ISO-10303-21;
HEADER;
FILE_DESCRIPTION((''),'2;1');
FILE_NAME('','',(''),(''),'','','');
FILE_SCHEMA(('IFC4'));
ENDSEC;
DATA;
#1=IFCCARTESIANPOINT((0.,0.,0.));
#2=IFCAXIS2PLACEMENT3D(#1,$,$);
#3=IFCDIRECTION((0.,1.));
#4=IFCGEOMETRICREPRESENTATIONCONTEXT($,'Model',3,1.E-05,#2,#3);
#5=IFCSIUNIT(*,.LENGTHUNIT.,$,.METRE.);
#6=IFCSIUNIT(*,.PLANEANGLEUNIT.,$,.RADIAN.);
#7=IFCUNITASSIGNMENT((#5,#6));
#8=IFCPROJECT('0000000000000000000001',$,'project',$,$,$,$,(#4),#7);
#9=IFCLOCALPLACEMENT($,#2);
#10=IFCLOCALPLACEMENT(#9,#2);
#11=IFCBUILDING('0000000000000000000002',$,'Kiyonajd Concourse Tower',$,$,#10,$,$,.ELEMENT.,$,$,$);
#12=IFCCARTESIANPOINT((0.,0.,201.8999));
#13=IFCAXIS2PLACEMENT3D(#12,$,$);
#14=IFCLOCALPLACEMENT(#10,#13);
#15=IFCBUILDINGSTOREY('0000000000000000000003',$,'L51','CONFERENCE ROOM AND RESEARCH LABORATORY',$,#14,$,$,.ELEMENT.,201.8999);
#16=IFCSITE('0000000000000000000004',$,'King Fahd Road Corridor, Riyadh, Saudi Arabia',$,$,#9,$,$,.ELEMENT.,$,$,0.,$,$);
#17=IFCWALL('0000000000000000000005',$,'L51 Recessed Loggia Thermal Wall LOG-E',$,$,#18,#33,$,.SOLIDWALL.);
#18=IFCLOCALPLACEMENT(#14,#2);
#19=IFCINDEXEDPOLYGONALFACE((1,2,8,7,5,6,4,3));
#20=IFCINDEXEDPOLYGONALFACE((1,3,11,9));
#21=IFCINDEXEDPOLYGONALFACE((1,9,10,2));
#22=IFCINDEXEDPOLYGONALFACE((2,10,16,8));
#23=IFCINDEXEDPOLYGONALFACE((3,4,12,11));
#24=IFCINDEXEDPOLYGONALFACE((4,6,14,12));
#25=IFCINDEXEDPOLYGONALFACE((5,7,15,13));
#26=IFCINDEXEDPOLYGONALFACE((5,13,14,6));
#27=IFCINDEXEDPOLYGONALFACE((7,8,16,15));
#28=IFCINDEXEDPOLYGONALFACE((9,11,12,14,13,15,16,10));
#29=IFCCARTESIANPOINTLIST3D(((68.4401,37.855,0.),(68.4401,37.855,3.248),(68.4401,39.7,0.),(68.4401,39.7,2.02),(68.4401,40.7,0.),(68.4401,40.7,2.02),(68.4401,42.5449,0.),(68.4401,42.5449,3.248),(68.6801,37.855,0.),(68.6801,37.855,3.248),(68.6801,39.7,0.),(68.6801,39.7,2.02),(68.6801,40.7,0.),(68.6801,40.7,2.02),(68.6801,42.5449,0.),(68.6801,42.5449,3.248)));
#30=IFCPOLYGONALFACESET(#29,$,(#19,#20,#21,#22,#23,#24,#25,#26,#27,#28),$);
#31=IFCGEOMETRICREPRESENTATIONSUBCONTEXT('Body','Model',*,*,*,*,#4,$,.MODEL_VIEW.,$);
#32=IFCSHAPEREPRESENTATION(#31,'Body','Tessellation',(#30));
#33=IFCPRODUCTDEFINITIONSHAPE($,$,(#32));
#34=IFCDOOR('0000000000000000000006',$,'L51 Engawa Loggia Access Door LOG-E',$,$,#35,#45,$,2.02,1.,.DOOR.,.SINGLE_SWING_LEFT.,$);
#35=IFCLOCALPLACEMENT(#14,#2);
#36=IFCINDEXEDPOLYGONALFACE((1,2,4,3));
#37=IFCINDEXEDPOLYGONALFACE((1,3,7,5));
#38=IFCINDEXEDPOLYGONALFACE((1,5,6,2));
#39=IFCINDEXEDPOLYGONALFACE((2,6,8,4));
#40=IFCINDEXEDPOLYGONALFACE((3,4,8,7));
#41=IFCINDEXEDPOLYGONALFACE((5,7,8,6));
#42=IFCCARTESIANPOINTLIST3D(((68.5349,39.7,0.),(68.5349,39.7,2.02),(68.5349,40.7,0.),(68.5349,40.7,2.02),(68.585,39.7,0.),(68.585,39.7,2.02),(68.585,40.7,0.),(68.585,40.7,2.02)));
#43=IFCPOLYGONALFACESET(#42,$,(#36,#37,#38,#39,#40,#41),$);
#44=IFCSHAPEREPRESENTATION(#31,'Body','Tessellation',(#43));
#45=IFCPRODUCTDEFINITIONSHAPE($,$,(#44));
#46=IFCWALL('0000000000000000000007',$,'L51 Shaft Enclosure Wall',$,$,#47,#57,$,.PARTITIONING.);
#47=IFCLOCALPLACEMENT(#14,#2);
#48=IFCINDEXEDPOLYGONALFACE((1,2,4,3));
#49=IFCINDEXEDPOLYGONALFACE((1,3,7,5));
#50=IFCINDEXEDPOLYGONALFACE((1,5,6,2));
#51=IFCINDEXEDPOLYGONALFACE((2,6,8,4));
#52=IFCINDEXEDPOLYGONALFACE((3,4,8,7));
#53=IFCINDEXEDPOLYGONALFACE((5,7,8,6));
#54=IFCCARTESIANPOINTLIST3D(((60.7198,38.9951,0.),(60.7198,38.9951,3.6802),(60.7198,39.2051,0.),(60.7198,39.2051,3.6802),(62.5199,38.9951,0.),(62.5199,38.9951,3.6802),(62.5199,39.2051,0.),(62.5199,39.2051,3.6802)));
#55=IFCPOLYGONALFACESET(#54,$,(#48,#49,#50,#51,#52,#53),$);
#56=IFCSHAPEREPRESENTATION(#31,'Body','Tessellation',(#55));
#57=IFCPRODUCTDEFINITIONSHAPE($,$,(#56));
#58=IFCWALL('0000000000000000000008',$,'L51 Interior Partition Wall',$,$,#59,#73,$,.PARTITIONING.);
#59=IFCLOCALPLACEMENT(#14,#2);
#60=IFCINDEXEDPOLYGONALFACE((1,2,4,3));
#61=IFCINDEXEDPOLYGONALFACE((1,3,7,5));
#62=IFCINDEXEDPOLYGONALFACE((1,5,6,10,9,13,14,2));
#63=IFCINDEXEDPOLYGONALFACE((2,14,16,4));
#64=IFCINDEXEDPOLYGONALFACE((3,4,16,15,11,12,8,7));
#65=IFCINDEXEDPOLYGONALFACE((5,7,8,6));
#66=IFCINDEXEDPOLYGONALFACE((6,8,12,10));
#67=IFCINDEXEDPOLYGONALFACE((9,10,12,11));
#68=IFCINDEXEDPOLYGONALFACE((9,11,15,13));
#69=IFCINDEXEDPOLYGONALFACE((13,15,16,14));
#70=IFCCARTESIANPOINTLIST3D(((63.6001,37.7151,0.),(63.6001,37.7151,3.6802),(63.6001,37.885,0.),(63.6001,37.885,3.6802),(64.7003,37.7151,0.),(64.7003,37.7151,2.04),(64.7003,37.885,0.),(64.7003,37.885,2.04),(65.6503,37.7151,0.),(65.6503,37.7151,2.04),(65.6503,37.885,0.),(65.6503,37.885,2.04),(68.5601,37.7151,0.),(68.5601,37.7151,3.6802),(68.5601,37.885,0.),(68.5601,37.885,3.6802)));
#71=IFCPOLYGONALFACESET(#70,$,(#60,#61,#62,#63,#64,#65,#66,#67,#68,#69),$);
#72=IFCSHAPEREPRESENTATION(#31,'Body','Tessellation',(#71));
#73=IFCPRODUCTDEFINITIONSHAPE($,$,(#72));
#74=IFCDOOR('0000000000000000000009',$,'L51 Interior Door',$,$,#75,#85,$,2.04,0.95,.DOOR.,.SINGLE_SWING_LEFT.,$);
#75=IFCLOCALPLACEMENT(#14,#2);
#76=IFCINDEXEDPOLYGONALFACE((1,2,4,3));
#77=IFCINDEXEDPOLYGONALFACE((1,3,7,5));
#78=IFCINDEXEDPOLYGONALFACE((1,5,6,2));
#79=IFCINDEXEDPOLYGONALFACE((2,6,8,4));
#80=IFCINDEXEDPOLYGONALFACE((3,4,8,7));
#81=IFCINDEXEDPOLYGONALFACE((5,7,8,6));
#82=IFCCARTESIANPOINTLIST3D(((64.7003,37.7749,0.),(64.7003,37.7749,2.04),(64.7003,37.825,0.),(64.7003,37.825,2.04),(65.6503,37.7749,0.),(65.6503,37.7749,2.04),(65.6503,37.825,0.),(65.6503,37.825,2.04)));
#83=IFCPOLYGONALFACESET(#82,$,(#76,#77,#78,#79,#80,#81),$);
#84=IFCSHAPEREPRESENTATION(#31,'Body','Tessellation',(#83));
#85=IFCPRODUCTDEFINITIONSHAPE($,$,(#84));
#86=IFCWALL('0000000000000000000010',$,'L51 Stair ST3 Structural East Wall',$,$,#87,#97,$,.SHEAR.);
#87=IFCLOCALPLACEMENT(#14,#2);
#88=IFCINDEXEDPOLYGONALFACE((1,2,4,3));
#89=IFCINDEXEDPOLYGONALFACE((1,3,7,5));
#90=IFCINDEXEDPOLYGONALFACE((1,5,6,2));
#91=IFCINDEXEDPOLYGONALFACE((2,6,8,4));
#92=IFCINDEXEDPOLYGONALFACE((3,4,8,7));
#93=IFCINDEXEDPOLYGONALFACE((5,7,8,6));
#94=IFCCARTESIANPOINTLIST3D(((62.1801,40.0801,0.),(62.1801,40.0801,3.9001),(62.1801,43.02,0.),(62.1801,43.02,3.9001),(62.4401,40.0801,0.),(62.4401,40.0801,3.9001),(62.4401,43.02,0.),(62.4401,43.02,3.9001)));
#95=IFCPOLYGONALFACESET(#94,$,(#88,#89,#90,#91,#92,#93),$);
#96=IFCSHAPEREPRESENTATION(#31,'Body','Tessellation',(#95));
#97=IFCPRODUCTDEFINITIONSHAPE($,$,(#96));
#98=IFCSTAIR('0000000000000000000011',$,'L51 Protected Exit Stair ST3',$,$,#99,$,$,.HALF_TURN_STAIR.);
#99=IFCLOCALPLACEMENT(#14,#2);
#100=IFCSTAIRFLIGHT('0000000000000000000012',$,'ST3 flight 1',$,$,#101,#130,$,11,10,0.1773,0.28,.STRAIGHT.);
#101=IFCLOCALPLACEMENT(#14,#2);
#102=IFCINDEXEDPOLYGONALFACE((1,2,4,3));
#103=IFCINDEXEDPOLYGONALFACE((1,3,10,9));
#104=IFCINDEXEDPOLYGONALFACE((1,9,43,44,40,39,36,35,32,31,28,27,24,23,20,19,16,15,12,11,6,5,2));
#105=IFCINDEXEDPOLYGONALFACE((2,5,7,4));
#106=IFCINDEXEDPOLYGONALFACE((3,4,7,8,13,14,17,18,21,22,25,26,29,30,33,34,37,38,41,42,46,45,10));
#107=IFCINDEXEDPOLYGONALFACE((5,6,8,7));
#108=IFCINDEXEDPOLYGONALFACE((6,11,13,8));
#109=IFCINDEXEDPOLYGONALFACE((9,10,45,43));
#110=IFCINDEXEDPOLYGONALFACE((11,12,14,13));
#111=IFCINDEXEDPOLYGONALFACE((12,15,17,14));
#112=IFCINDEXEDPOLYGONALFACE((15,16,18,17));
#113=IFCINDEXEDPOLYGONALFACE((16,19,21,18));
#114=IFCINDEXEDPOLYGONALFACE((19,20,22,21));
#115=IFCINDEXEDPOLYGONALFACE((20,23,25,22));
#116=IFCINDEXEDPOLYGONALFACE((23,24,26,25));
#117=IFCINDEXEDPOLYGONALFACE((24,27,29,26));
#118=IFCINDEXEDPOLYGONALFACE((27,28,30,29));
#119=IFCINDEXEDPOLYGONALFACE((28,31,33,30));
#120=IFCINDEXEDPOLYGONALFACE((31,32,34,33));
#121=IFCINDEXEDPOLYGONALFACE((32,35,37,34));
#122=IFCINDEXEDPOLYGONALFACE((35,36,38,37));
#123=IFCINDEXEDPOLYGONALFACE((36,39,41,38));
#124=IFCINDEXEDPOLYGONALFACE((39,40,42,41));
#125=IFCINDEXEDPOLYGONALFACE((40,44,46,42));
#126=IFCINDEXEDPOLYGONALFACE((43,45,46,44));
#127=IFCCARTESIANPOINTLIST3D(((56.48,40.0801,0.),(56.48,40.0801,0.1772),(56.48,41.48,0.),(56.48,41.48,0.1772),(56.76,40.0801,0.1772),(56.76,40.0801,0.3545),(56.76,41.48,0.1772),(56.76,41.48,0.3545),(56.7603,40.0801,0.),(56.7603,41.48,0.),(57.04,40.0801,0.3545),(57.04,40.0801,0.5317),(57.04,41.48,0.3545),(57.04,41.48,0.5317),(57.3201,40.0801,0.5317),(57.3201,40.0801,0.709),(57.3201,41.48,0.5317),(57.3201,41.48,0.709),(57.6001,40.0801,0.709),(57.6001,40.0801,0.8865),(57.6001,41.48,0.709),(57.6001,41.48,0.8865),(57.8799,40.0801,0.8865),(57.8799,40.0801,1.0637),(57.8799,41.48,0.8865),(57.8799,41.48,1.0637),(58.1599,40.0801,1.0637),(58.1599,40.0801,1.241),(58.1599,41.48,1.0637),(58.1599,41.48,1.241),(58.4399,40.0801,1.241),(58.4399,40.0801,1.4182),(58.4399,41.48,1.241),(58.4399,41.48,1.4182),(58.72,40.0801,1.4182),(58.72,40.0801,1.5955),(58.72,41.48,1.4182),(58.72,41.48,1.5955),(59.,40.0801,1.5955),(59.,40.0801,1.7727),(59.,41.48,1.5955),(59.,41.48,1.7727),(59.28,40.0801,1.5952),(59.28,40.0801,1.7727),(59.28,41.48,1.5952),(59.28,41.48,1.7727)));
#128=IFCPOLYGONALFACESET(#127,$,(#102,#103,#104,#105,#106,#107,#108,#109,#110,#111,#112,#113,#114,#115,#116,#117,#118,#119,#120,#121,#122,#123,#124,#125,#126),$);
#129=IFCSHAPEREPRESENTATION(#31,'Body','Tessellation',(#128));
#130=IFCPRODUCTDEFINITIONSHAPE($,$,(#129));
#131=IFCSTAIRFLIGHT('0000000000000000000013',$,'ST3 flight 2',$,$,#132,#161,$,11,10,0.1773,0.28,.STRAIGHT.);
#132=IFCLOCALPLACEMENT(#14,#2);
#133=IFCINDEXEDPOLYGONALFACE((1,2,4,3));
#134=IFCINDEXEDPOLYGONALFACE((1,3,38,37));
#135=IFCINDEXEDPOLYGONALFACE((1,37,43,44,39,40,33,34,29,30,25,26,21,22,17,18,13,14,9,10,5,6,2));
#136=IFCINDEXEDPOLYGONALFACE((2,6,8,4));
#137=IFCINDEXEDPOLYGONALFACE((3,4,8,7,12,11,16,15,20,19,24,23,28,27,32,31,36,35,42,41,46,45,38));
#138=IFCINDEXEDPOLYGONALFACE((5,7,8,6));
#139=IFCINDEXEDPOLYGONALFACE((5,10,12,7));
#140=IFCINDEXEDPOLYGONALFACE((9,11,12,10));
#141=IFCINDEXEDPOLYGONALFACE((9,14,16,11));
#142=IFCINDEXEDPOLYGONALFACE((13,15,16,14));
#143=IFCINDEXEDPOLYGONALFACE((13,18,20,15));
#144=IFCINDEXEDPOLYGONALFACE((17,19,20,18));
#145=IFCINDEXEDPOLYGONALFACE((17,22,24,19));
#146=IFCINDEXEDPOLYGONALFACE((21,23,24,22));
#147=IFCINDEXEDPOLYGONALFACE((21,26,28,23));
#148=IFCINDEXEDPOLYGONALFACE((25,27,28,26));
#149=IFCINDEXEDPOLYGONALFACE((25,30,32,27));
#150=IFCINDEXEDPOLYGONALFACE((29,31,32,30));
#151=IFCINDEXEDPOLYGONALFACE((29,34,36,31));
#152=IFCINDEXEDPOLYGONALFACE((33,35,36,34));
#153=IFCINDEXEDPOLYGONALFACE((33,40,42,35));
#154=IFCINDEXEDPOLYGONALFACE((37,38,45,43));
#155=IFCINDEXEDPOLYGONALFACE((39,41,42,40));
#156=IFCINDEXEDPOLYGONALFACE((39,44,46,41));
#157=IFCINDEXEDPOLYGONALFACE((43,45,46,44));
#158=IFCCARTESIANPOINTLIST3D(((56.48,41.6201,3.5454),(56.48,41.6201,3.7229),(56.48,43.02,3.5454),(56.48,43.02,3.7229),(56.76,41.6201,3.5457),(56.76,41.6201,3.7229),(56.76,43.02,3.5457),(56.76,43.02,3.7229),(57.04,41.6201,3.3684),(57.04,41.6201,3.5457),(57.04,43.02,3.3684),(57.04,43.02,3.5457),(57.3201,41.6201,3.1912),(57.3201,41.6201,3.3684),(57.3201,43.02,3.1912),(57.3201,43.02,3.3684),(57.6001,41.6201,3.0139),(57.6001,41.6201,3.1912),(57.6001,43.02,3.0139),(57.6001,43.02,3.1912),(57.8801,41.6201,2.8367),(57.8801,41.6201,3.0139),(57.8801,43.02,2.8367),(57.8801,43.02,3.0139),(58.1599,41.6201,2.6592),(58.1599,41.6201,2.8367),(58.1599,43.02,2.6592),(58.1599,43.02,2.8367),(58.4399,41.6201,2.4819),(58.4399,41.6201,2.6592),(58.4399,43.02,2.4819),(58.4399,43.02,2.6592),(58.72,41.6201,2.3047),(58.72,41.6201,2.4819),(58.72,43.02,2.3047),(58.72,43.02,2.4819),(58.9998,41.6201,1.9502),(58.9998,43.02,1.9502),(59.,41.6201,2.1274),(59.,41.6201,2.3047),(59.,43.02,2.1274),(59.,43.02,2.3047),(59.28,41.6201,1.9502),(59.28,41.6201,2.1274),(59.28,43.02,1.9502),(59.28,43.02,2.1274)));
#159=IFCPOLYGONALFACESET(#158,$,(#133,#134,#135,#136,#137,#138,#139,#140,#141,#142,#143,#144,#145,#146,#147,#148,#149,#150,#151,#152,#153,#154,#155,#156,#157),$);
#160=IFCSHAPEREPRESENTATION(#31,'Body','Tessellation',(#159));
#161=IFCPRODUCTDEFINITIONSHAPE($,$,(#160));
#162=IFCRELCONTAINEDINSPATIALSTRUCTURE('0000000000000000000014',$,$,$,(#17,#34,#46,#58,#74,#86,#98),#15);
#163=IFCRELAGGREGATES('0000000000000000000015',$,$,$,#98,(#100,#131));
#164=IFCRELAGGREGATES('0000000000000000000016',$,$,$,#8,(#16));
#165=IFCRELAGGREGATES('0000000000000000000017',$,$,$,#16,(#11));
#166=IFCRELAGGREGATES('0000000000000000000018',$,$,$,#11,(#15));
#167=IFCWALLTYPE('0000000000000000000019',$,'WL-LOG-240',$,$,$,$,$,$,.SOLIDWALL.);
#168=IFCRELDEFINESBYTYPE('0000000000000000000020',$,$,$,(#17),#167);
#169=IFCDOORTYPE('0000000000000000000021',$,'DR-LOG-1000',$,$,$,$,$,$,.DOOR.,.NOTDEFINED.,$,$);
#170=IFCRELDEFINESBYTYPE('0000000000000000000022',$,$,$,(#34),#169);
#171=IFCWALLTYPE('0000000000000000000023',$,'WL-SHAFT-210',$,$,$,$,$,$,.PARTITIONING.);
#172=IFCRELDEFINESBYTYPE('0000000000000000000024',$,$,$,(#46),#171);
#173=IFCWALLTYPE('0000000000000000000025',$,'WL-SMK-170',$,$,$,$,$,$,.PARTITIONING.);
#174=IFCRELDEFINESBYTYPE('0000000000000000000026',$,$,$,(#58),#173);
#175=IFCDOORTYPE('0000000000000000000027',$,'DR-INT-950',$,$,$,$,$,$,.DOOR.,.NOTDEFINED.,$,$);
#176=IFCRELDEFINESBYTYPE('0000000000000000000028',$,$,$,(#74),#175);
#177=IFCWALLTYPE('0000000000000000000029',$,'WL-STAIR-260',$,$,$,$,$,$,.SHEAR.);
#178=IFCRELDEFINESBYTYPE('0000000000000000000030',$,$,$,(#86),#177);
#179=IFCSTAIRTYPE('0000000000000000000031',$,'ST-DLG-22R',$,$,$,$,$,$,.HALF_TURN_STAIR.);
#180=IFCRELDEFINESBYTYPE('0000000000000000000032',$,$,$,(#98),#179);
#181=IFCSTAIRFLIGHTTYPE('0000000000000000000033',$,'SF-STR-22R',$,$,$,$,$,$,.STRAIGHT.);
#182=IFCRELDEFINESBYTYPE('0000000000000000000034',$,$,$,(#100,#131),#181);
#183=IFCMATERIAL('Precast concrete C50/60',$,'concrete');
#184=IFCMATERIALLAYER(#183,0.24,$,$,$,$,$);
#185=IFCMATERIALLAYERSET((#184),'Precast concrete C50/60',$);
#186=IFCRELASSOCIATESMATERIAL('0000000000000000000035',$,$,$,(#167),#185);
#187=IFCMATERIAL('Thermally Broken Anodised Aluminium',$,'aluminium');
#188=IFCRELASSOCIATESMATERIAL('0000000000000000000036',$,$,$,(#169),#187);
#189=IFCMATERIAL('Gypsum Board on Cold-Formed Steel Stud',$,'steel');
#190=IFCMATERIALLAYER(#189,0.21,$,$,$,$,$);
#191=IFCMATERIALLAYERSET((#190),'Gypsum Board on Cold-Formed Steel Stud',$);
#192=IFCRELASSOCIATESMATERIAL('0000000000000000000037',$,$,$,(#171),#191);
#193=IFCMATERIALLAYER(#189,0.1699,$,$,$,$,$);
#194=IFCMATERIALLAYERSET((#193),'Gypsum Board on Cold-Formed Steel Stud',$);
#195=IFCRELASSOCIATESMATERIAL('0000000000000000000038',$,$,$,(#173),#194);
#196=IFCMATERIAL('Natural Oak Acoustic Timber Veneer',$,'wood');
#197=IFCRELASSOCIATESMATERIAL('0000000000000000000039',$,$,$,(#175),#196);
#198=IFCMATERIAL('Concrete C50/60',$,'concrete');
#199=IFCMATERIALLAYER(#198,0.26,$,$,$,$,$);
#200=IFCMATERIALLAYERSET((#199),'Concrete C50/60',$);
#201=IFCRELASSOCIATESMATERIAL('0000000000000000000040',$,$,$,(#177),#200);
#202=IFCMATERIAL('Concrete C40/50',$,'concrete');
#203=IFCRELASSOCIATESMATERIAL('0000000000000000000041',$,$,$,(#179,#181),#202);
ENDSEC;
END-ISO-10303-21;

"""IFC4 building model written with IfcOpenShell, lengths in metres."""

from ifc_helpers import new_model, si_unit, direction, frame, frame_2d, origin, place, context, subcontext, project, spatial, polyline, rectangle, outline, extrude, material, layer, layer_set, type_object, element, fill, aggregate, save


model = new_model("IFC4")

# Units and contexts
model_context = context("Model", 3, precision=1e-05, world=origin(), true_north=direction((0.0, 1.0)))
body_context = subcontext(model_context, "Body", "Model", "MODEL_VIEW")
ifc_project = project(units=[si_unit("LENGTHUNIT", "METRE"), si_unit("PLANEANGLEUNIT", "RADIAN")], contexts=[model_context])

# Site, building, storey
site_placement = place(None, origin())
site = spatial("IfcSite", under=ifc_project, at=site_placement, Name="King Fahd Road Corridor, Riyadh, Saudi Arabia", CompositionType="ELEMENT", RefElevation=0.0)
building_placement = place(site_placement, origin())
building = spatial("IfcBuilding", under=site, at=building_placement, Name="Kiyonajd Concourse Tower", CompositionType="ELEMENT")
storey_placement = place(building_placement, frame((0.0, 0.0, 201.8999)))
storey = spatial("IfcBuildingStorey", under=building, at=storey_placement, Name="L51", Description="CONFERENCE ROOM AND RESEARCH LABORATORY", CompositionType="ELEMENT", Elevation=201.8999)

# Shared definitions
ifc_material_1 = material(Name="Thermally Broken Anodised Aluminium", Category="aluminium")

# Shared definitions
ifc_material_2 = material(Name="Precast concrete C50/60", Category="concrete")

# Wall, opening, door
ifc_layer_1 = layer(ifc_material_2, 0.24)
ifc_layer_set_1 = layer_set([ifc_layer_1], Name="Precast concrete C50/60")
wall_type_1 = type_object("IfcWallType", Name="WL-LOG-240", PredefinedType="SOLIDWALL", material=ifc_layer_set_1)
wall_1_placement = place(storey_placement, frame((68.5601, 42.5449, 0.0), z_axis=(0.0, 0.0, 1.0), x_axis=(0.0, -1.0, 0.0)))
wall_1 = element("IfcWall", 1, at=wall_1_placement, inside=storey, type_object=wall_type_1, Name="L51 Recessed Loggia Thermal Wall LOG-E", PredefinedType="SOLIDWALL", context=body_context, shape_type="SweptSolid", body=[
    extrude(rectangle(XDim=4.6899, YDim=0.24, at=frame_2d((2.345, 0.0))), origin(), (0.0, 0.0, 1.0), 3.248),
])
opening_1_placement = place(wall_1_placement, frame((1.845, 0.0, 0.0)))
opening_1 = element("IfcOpeningElement", 2, at=opening_1_placement, cuts=wall_1, PredefinedType="OPENING", context=body_context, shape_type="SweptSolid", body=[
    extrude(rectangle(XDim=1.0, YDim=2.02, at=frame_2d((0.5, 1.01))), frame((0.0, 0.1299, 0.0), z_axis=(0.0, -1.0, 0.0), x_axis=(1.0, 0.0, 0.0)), (0.0, 0.0, 1.0), 0.26),
])
door_type_1 = type_object("IfcDoorType", Name="DR-LOG-1000", OperationType="NOTDEFINED", PredefinedType="DOOR", material=ifc_material_1)
door_1_placement = place(opening_1_placement, origin())
door_1 = element("IfcDoor", 3, at=door_1_placement, inside=storey, type_object=door_type_1, Name="L51 Engawa Loggia Access Door LOG-E", OperationType="SINGLE_SWING_LEFT", OverallHeight=2.02, OverallWidth=1.0, PredefinedType="DOOR", context=body_context, shape_type="SweptSolid", body=[
    extrude(rectangle(XDim=1.0, YDim=2.02, at=frame_2d((0.5, 1.01))), frame((0.0, 0.0249, 0.0), z_axis=(0.0, -1.0, 0.0), x_axis=(1.0, 0.0, 0.0)), (0.0, 0.0, 1.0), 0.05),
])
fill(opening_1, door_1)

# Wall
ifc_material_3 = material(Name="Gypsum Board on Cold-Formed Steel Stud", Category="steel")
ifc_layer_2 = layer(ifc_material_3, 0.21)
ifc_layer_set_2 = layer_set([ifc_layer_2], Name="Gypsum Board on Cold-Formed Steel Stud")
wall_type_2 = type_object("IfcWallType", Name="WL-SHAFT-210", PredefinedType="PARTITIONING", material=ifc_layer_set_2)
wall_2_placement = place(storey_placement, frame((60.72, 39.1001, 0.0), z_axis=(0.0, 0.0, 1.0), x_axis=(1.0, 0.0, 0.0)))
element("IfcWall", 4, at=wall_2_placement, inside=storey, type_object=wall_type_2, Name="L51 Shaft Enclosure Wall", PredefinedType="PARTITIONING", context=body_context, shape_type="SweptSolid", body=[
    extrude(rectangle(XDim=1.8, YDim=0.21, at=frame_2d((0.8999, 0.0))), origin(), (0.0, 0.0, 1.0), 3.6802),
])

# Wall, opening, door
ifc_layer_3 = layer(ifc_material_3, 0.1699)
ifc_layer_set_3 = layer_set([ifc_layer_3], Name="Gypsum Board on Cold-Formed Steel Stud")
wall_type_3 = type_object("IfcWallType", Name="WL-SMK-170", PredefinedType="PARTITIONING", material=ifc_layer_set_3)
wall_3_placement = place(storey_placement, frame((63.6001, 37.8, 0.0), z_axis=(0.0, 0.0, 1.0), x_axis=(1.0, 0.0, 0.0)))
wall_3 = element("IfcWall", 5, at=wall_3_placement, inside=storey, type_object=wall_type_3, Name="L51 Interior Partition Wall", PredefinedType="PARTITIONING", context=body_context, shape_type="SweptSolid", body=[
    extrude(rectangle(XDim=4.96, YDim=0.1699, at=frame_2d((2.48, 0.0))), origin(), (0.0, 0.0, 1.0), 3.6802),
])
opening_2_placement = place(wall_3_placement, frame((1.1001, 0.0, 0.0)))
opening_2 = element("IfcOpeningElement", 6, at=opening_2_placement, cuts=wall_3, PredefinedType="OPENING", context=body_context, shape_type="SweptSolid", body=[
    extrude(rectangle(XDim=0.95, YDim=2.04, at=frame_2d((0.4751, 1.02))), frame((0.0, 0.095, 0.0), z_axis=(0.0, -1.0, 0.0), x_axis=(1.0, 0.0, 0.0)), (0.0, 0.0, 1.0), 0.1899),
])
ifc_material_4 = material(Name="Natural Oak Acoustic Timber Veneer", Category="wood")
door_type_2 = type_object("IfcDoorType", Name="DR-INT-950", OperationType="NOTDEFINED", PredefinedType="DOOR", material=ifc_material_4)
door_2_placement = place(opening_2_placement, origin())
door_2 = element("IfcDoor", 7, at=door_2_placement, inside=storey, type_object=door_type_2, Name="L51 Interior Door", OperationType="SINGLE_SWING_LEFT", OverallHeight=2.04, OverallWidth=0.95, PredefinedType="DOOR", context=body_context, shape_type="SweptSolid", body=[
    extrude(rectangle(XDim=0.95, YDim=2.04, at=frame_2d((0.4751, 1.02))), frame((0.0, 0.0249, 0.0), z_axis=(0.0, -1.0, 0.0), x_axis=(1.0, 0.0, 0.0)), (0.0, 0.0, 1.0), 0.05),
])
fill(opening_2, door_2)

# Wall
ifc_material_5 = material(Name="Concrete C50/60", Category="concrete")
ifc_layer_4 = layer(ifc_material_5, 0.26)
ifc_layer_set_4 = layer_set([ifc_layer_4], Name="Concrete C50/60")
wall_type_4 = type_object("IfcWallType", Name="WL-STAIR-260", PredefinedType="SHEAR", material=ifc_layer_set_4)
wall_4_placement = place(storey_placement, frame((62.3101, 40.0801, 0.0), z_axis=(0.0, 0.0, 1.0), x_axis=(0.0, 1.0, 0.0)))
element("IfcWall", 8, at=wall_4_placement, inside=storey, type_object=wall_type_4, Name="L51 Stair ST3 Structural East Wall", PredefinedType="SHEAR", context=body_context, shape_type="SweptSolid", body=[
    extrude(rectangle(XDim=2.9399, YDim=0.26, at=frame_2d((1.47, 0.0))), origin(), (0.0, 0.0, 1.0), 3.9001),
])

# Stair, stair flights
ifc_material_6 = material(Name="Concrete C40/50", Category="concrete")
stair_type = type_object("IfcStairType", Name="ST-DLG-22R", PredefinedType="HALF_TURN_STAIR", material=ifc_material_6)
stair_placement = place(storey_placement, origin())
stair = element("IfcStair", 9, at=stair_placement, inside=storey, type_object=stair_type, Name="L51 Protected Exit Stair ST3", PredefinedType="HALF_TURN_STAIR")
stair_flight_type = type_object("IfcStairFlightType", Name="SF-STR-22R", PredefinedType="STRAIGHT", material=ifc_material_6)
stair_flight_1_placement = place(storey_placement, frame((56.48, 40.78, 0.0), z_axis=(0.0, 0.0, 1.0), x_axis=(1.0, 0.0, 0.0)))
stair_flight_1 = element("IfcStairFlight", 10, at=stair_flight_1_placement, type_object=stair_flight_type, Name="ST3 flight 1", NumberOfRisers=11, NumberOfTreads=10, PredefinedType="STRAIGHT", RiserHeight=0.1773, TreadLength=0.28, context=body_context, shape_type="SweptSolid", body=[
    extrude(outline(polyline([(0.0, 0.0), (0.0, 0.1772), (0.28, 0.1772), (0.28, 0.3545), (0.5601, 0.3545), (0.5601, 0.5317), (0.8401, 0.5317), (0.8401, 0.709), (1.1201, 0.709), (1.1201, 0.8865), (1.3999, 0.8865), (1.3999, 1.0637), (1.6799, 1.0637), (1.6799, 1.241), (1.96, 1.241), (1.96, 1.4182), (2.24, 1.4182), (2.24, 1.5955), (2.52, 1.5955), (2.52, 1.7727), (2.8, 1.7727), (2.8, 1.95), (2.8, 1.5952), (0.2803, 0.0), (0.0, 0.0)])), frame((0.0, 0.7, 0.0), z_axis=(0.0, -1.0, 0.0), x_axis=(1.0, 0.0, 0.0)), (0.0, 0.0, 1.0), 1.3999),
])
stair_flight_2_placement = place(storey_placement, frame((59.28, 42.3201, 1.9502), z_axis=(0.0, 0.0, 1.0), x_axis=(-1.0, 0.0, 0.0)))
stair_flight_2 = element("IfcStairFlight", 11, at=stair_flight_2_placement, type_object=stair_flight_type, Name="ST3 flight 2", NumberOfRisers=11, NumberOfTreads=10, PredefinedType="STRAIGHT", RiserHeight=0.1773, TreadLength=0.28, context=body_context, shape_type="SweptSolid", body=[
    extrude(outline(polyline([(0.0, 0.0), (0.0, 0.1772), (0.28, 0.1772), (0.28, 0.3545), (0.5601, 0.3545), (0.5601, 0.5317), (0.8401, 0.5317), (0.8401, 0.709), (1.1201, 0.709), (1.1201, 0.8865), (1.3999, 0.8865), (1.3999, 1.0637), (1.6799, 1.0637), (1.6799, 1.241), (1.96, 1.241), (1.96, 1.4182), (2.24, 1.4182), (2.24, 1.5955), (2.52, 1.5955), (2.52, 1.7727), (2.8, 1.7727), (2.8, 1.95), (2.8, 1.5952), (0.2803, 0.0), (0.0, 0.0)])), frame((0.0, 0.7, 0.0), z_axis=(0.0, -1.0, 0.0), x_axis=(1.0, 0.0, 0.0)), (0.0, 0.0, 1.0), 1.3999),
])
aggregate(stair, [stair_flight_1, stair_flight_2])

save(model, "model.ifc")
